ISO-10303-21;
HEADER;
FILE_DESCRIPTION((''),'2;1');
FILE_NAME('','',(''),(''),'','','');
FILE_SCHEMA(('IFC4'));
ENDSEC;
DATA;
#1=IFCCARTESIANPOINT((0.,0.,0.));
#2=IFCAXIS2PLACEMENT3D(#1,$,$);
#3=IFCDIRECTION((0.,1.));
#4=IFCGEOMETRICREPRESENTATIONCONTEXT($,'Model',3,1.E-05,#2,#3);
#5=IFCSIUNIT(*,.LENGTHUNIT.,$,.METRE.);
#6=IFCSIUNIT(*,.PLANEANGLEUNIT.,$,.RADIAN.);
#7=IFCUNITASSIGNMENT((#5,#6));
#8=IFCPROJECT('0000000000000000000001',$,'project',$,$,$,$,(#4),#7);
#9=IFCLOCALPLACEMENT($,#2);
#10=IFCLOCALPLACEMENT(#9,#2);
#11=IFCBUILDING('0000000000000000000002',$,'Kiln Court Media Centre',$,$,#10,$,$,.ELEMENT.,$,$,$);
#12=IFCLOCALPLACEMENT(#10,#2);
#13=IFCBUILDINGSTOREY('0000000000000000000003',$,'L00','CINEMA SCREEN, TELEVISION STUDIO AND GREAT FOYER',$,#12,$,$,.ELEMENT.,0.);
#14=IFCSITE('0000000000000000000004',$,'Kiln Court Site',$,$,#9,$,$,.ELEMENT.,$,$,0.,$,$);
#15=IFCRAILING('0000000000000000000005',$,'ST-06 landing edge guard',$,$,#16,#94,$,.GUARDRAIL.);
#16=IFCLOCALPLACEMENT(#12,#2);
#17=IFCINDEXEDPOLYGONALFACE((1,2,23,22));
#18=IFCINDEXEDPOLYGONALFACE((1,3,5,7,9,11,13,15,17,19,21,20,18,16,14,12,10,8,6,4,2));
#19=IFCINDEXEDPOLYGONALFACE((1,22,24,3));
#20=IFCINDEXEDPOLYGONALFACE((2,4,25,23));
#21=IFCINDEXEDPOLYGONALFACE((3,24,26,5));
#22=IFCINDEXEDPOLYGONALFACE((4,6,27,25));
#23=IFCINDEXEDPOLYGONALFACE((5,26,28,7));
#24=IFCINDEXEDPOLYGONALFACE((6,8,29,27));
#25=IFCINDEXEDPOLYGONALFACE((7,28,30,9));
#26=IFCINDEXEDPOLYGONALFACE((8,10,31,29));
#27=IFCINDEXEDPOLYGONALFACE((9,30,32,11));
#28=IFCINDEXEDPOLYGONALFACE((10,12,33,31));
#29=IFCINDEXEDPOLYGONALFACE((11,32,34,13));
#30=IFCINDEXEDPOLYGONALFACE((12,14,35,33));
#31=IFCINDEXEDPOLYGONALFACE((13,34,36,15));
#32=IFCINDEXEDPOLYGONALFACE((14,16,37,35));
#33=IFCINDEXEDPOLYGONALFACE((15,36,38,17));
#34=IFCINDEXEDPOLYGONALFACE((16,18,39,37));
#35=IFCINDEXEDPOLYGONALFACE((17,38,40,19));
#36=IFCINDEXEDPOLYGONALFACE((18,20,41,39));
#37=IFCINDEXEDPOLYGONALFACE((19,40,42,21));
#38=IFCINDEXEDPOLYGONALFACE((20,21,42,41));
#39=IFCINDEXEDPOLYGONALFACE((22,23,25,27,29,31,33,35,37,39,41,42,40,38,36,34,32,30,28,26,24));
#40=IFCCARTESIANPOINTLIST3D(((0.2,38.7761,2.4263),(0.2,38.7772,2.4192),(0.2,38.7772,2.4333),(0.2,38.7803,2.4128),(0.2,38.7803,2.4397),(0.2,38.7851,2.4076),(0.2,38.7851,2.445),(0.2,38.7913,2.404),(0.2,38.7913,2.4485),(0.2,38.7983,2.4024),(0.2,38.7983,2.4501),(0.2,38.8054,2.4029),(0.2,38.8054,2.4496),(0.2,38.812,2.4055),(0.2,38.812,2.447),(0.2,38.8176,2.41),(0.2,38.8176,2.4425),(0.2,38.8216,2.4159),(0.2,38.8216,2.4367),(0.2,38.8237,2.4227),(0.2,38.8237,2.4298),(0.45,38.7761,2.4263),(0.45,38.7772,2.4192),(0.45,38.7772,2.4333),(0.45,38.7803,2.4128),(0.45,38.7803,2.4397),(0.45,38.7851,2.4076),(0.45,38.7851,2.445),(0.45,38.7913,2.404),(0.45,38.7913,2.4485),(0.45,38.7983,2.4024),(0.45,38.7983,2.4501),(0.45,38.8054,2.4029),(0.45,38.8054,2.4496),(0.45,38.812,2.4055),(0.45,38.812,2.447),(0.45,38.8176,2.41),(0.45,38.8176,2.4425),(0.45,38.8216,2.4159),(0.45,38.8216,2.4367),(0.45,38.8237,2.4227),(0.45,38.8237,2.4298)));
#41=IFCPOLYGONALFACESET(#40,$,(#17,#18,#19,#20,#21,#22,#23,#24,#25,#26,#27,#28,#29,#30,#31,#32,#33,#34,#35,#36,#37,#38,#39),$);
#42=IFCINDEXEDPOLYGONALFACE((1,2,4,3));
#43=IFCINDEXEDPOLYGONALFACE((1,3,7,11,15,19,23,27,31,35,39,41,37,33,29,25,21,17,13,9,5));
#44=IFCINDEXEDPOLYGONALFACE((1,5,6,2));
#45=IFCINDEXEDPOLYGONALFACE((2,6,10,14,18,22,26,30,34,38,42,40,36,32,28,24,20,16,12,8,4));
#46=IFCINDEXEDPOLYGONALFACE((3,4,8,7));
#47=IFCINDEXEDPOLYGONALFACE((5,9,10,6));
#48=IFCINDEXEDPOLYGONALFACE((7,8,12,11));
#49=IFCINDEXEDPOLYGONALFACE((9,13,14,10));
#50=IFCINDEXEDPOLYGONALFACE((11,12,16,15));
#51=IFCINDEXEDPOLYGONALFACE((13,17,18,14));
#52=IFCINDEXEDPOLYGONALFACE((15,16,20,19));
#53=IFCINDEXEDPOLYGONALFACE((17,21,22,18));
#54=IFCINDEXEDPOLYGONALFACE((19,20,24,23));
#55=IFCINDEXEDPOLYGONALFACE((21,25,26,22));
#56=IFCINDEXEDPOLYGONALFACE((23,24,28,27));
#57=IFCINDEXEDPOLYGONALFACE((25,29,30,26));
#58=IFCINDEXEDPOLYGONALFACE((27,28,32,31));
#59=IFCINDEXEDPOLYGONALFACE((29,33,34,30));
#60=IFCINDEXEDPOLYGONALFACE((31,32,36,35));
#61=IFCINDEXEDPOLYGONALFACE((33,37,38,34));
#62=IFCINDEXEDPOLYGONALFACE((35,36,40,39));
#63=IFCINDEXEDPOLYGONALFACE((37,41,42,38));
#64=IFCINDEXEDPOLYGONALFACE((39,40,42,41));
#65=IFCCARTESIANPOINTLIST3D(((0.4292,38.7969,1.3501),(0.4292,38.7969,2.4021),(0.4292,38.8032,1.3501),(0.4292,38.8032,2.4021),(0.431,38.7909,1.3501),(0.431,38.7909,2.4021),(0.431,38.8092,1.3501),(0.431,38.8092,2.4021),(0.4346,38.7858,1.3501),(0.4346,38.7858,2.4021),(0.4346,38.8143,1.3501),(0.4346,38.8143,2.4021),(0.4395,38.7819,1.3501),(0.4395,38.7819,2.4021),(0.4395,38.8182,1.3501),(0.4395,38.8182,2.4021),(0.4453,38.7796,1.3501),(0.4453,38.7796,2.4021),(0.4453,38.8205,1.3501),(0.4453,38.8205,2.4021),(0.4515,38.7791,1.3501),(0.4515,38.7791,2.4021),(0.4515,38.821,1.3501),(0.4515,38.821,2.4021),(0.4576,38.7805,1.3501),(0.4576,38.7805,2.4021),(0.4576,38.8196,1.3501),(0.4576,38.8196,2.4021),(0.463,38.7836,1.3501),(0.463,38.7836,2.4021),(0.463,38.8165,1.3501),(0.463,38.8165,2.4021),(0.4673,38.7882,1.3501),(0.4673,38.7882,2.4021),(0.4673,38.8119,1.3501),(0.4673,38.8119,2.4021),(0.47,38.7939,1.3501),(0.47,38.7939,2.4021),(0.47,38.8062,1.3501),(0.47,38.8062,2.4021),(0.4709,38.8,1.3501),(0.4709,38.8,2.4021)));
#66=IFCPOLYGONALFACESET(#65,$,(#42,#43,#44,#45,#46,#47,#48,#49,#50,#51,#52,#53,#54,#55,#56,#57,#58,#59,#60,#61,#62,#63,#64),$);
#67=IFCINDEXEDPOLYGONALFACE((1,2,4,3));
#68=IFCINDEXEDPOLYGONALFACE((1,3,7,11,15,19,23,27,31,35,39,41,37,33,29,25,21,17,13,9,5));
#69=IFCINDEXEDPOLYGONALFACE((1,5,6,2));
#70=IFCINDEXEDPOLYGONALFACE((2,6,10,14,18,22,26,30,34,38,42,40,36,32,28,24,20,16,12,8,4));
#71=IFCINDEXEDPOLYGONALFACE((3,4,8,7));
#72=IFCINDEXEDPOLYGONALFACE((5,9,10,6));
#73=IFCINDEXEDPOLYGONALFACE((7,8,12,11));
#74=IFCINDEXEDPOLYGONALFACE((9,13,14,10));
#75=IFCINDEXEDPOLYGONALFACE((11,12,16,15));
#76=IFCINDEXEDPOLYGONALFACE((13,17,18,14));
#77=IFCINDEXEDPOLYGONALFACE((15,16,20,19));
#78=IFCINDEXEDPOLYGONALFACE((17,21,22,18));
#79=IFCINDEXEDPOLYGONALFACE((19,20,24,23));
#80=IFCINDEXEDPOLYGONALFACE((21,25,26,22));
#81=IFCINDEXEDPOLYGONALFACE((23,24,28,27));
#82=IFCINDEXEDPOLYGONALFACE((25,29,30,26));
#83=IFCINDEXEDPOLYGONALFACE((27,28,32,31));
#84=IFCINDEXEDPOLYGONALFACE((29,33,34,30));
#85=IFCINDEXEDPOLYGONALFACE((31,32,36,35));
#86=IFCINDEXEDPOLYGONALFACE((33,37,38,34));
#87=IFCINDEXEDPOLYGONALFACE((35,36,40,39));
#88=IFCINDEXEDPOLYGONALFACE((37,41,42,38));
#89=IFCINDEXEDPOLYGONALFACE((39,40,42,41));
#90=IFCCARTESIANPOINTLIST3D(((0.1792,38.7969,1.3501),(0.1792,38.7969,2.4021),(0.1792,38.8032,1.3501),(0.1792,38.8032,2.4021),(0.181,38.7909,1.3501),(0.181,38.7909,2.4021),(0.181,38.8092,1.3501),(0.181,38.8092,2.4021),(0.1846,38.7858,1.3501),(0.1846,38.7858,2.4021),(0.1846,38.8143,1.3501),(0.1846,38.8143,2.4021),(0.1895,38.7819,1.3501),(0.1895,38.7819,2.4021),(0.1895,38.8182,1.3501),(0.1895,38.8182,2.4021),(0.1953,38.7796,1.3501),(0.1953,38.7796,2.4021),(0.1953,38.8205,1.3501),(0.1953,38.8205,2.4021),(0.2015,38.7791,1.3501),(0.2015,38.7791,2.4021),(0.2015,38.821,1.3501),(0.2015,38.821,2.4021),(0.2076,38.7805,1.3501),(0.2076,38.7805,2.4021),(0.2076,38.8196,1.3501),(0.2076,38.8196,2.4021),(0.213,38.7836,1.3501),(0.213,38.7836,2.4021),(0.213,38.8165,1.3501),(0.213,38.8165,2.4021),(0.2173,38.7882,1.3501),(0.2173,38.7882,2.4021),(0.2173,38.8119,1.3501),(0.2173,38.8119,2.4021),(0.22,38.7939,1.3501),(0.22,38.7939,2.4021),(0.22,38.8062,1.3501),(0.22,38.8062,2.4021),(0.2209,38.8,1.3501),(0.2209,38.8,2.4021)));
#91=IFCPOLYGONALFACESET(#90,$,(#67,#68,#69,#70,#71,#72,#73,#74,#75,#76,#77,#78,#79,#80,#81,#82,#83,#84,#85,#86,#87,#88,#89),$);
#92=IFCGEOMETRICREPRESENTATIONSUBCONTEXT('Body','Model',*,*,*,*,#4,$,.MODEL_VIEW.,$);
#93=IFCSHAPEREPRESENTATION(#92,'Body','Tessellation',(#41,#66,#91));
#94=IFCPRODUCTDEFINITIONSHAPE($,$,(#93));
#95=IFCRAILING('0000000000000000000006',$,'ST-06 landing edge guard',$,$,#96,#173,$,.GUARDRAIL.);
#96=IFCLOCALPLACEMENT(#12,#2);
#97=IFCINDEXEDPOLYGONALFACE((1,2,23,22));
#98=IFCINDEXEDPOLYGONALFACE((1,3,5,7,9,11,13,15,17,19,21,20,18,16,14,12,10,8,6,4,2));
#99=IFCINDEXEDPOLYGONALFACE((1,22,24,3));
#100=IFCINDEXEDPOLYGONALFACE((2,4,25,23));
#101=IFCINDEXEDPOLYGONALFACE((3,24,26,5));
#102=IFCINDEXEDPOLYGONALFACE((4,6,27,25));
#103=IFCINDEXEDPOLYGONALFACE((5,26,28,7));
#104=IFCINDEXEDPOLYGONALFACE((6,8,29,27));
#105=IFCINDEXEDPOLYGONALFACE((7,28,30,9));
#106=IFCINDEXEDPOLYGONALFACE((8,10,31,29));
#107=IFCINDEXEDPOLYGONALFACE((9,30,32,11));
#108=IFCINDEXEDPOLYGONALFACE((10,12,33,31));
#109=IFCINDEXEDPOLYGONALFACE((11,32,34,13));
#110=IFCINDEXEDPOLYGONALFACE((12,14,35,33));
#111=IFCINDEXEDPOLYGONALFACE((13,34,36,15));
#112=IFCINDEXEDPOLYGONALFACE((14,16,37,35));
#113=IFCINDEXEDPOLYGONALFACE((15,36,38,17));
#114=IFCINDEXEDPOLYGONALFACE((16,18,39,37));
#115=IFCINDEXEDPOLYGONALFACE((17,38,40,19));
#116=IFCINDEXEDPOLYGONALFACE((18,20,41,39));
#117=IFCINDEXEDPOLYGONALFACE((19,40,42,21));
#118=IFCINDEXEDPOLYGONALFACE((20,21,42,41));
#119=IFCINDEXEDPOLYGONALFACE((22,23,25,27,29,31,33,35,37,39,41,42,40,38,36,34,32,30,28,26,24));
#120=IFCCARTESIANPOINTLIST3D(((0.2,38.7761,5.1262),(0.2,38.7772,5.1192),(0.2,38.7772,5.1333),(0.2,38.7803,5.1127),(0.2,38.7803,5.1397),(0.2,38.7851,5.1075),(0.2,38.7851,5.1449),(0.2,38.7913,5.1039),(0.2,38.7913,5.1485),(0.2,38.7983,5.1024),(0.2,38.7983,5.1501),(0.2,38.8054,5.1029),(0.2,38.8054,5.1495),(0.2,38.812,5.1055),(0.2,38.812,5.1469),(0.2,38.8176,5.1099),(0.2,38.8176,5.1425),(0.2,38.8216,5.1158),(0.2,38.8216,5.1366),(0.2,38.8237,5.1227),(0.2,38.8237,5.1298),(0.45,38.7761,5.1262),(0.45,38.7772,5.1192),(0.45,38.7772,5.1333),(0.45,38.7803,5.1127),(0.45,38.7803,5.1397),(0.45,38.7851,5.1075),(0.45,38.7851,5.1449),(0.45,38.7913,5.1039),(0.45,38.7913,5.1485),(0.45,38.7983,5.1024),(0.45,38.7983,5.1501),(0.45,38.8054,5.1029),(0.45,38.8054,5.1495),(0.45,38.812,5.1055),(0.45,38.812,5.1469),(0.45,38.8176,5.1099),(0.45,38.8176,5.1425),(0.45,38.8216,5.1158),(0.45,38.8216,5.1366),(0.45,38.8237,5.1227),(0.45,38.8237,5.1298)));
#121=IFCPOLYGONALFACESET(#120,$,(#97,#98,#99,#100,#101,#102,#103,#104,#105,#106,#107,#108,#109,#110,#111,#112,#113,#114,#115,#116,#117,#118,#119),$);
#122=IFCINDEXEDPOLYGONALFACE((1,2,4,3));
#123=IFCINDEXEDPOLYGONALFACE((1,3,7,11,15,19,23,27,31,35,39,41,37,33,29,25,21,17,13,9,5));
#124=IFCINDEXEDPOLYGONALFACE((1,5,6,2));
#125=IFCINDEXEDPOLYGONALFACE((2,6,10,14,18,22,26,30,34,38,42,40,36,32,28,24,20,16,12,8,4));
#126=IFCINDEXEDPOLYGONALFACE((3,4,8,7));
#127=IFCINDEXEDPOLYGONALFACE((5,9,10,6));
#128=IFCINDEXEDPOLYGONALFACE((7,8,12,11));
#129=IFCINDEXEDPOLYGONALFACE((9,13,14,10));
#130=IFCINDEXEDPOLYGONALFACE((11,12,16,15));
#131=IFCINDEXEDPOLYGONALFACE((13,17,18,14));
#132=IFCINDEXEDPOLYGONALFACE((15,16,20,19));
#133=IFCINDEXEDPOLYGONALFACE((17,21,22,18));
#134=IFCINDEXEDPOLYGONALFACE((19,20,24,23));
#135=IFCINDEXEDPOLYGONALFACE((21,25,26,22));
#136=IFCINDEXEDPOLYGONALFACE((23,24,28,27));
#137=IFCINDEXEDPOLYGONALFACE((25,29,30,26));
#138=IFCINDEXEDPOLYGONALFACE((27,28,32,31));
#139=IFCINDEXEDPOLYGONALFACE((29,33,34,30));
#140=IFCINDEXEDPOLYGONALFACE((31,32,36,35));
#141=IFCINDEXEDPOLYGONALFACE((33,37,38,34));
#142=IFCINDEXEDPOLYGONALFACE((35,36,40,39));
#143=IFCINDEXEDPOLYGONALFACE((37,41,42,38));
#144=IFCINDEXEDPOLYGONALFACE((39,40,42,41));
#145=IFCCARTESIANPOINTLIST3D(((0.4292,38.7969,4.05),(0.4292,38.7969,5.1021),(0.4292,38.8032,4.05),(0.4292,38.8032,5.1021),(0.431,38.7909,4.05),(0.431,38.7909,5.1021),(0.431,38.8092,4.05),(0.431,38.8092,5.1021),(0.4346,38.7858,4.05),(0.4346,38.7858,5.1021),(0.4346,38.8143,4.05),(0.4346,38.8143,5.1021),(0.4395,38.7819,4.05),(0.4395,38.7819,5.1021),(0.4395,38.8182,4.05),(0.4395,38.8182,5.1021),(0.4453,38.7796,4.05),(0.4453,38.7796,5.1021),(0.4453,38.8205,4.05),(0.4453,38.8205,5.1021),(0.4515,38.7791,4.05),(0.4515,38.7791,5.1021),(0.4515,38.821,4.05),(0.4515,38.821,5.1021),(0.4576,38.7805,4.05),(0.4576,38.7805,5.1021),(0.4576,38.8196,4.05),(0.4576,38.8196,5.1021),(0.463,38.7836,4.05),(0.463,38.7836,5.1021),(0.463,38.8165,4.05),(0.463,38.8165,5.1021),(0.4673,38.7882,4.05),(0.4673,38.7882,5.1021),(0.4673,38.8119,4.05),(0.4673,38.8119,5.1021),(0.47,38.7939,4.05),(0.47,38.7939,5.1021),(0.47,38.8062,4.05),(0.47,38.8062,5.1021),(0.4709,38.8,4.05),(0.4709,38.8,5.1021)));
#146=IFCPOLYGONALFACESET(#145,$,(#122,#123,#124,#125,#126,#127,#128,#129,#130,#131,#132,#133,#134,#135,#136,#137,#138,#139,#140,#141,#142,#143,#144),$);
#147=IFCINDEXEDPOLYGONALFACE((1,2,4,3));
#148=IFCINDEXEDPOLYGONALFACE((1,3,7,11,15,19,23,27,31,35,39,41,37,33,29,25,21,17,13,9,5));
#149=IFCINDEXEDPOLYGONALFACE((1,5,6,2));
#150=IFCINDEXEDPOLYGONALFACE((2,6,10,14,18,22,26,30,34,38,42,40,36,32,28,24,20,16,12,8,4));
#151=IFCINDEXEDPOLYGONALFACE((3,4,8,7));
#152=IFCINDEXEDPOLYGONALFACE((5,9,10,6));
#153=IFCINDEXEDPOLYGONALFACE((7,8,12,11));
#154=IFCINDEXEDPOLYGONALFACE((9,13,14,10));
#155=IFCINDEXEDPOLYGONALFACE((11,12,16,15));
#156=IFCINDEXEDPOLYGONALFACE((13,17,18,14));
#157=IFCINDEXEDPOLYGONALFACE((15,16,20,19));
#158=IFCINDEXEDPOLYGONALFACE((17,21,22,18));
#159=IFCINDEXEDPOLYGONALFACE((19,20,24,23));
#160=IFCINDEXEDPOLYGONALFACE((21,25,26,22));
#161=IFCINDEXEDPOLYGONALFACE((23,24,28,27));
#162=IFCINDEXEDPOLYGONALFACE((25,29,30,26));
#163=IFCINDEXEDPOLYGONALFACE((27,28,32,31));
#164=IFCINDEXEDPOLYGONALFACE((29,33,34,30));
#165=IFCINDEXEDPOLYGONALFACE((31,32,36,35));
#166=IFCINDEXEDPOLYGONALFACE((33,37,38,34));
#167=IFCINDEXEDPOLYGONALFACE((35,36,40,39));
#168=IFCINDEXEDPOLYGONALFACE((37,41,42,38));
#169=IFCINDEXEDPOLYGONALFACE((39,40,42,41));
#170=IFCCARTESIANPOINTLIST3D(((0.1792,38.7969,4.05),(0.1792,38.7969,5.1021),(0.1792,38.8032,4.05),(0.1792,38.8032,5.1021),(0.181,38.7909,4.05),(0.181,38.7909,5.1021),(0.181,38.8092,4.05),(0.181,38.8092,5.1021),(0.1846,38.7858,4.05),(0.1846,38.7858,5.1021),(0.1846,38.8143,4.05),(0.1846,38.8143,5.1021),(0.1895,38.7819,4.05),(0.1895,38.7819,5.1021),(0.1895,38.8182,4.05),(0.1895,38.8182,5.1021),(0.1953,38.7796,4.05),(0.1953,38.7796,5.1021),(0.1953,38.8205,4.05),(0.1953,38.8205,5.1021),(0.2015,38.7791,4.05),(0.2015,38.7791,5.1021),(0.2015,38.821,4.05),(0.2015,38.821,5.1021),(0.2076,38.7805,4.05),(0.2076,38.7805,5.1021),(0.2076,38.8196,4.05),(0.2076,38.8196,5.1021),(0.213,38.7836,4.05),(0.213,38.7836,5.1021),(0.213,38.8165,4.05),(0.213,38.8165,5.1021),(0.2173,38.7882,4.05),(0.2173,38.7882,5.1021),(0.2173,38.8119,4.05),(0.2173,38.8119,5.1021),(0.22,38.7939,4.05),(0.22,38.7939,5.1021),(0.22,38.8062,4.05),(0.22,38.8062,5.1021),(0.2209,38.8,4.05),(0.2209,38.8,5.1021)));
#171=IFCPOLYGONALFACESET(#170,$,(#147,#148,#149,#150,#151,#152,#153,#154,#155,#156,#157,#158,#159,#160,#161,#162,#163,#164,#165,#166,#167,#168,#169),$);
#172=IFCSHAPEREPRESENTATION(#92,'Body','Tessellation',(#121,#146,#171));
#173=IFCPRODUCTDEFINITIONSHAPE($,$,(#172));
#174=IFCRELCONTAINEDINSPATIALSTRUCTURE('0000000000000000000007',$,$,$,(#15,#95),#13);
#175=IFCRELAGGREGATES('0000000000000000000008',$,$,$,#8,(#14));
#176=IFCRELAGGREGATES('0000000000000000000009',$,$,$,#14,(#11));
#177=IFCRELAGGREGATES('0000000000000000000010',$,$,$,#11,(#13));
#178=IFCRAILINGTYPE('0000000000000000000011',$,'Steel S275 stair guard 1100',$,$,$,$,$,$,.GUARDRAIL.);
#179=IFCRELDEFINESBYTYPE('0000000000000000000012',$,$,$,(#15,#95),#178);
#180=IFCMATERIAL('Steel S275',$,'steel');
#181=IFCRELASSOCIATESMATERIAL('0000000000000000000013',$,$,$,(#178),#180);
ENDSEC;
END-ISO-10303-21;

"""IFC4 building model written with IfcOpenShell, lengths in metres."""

from ifc_helpers import new_model, si_unit, direction, frame, origin, origin_2d, place, context, subcontext, project, spatial, circle, extrude, material, type_object, element, save


model = new_model("IFC4")

# Units and contexts
model_context = context("Model", 3, precision=1e-05, world=origin(), true_north=direction((0.0, 1.0)))
body_context = subcontext(model_context, "Body", "Model", "MODEL_VIEW")
ifc_project = project(units=[si_unit("LENGTHUNIT", "METRE"), si_unit("PLANEANGLEUNIT", "RADIAN")], contexts=[model_context])

# Site, building, storey
site_placement = place(None, origin())
site = spatial("IfcSite", under=ifc_project, at=site_placement, Name="Kiln Court Site", CompositionType="ELEMENT", RefElevation=0.0)
building_placement = place(site_placement, origin())
building = spatial("IfcBuilding", under=site, at=building_placement, Name="Kiln Court Media Centre", CompositionType="ELEMENT")
storey_placement = place(building_placement, origin())
storey = spatial("IfcBuildingStorey", under=building, at=storey_placement, Name="L00", Description="CINEMA SCREEN, TELEVISION STUDIO AND GREAT FOYER", CompositionType="ELEMENT", Elevation=0.0)

# Railings
ifc_material_1 = material(Name="Steel S275", Category="steel")
railing_type_1 = type_object("IfcRailingType", Name="Steel S275 stair guard 1100", PredefinedType="GUARDRAIL", material=ifc_material_1)
for number, where, name in (
    (1, (0.45, 38.8, 1.3501), "ST-06 landing edge guard"),
    (2, (0.45, 38.8, 4.05), "ST-06 landing edge guard"),
):
    element("IfcRailing", number, at=place(storey_placement, frame(where)), inside=storey, type_object=railing_type_1, Name=name, PredefinedType="GUARDRAIL", context=body_context, shape_type="SweptSolid", body=[
        extrude(circle(Radius=0.0239, at=origin_2d()), frame((0.0, 0.0, 1.0762), z_axis=(-1.0, 0.0, 0.0), x_axis=(0.0, -1.0, 0.0)), (0.0, 0.0, 1.0), 0.25),
        extrude(circle(Radius=0.021, at=origin_2d()), origin(), (0.0, 0.0, 1.0), 1.052),
        extrude(circle(Radius=0.021, at=origin_2d()), frame((-0.25, 0.0, 0.0)), (0.0, 0.0, 1.0), 1.052),
    ])

save(model, "model.ifc")
